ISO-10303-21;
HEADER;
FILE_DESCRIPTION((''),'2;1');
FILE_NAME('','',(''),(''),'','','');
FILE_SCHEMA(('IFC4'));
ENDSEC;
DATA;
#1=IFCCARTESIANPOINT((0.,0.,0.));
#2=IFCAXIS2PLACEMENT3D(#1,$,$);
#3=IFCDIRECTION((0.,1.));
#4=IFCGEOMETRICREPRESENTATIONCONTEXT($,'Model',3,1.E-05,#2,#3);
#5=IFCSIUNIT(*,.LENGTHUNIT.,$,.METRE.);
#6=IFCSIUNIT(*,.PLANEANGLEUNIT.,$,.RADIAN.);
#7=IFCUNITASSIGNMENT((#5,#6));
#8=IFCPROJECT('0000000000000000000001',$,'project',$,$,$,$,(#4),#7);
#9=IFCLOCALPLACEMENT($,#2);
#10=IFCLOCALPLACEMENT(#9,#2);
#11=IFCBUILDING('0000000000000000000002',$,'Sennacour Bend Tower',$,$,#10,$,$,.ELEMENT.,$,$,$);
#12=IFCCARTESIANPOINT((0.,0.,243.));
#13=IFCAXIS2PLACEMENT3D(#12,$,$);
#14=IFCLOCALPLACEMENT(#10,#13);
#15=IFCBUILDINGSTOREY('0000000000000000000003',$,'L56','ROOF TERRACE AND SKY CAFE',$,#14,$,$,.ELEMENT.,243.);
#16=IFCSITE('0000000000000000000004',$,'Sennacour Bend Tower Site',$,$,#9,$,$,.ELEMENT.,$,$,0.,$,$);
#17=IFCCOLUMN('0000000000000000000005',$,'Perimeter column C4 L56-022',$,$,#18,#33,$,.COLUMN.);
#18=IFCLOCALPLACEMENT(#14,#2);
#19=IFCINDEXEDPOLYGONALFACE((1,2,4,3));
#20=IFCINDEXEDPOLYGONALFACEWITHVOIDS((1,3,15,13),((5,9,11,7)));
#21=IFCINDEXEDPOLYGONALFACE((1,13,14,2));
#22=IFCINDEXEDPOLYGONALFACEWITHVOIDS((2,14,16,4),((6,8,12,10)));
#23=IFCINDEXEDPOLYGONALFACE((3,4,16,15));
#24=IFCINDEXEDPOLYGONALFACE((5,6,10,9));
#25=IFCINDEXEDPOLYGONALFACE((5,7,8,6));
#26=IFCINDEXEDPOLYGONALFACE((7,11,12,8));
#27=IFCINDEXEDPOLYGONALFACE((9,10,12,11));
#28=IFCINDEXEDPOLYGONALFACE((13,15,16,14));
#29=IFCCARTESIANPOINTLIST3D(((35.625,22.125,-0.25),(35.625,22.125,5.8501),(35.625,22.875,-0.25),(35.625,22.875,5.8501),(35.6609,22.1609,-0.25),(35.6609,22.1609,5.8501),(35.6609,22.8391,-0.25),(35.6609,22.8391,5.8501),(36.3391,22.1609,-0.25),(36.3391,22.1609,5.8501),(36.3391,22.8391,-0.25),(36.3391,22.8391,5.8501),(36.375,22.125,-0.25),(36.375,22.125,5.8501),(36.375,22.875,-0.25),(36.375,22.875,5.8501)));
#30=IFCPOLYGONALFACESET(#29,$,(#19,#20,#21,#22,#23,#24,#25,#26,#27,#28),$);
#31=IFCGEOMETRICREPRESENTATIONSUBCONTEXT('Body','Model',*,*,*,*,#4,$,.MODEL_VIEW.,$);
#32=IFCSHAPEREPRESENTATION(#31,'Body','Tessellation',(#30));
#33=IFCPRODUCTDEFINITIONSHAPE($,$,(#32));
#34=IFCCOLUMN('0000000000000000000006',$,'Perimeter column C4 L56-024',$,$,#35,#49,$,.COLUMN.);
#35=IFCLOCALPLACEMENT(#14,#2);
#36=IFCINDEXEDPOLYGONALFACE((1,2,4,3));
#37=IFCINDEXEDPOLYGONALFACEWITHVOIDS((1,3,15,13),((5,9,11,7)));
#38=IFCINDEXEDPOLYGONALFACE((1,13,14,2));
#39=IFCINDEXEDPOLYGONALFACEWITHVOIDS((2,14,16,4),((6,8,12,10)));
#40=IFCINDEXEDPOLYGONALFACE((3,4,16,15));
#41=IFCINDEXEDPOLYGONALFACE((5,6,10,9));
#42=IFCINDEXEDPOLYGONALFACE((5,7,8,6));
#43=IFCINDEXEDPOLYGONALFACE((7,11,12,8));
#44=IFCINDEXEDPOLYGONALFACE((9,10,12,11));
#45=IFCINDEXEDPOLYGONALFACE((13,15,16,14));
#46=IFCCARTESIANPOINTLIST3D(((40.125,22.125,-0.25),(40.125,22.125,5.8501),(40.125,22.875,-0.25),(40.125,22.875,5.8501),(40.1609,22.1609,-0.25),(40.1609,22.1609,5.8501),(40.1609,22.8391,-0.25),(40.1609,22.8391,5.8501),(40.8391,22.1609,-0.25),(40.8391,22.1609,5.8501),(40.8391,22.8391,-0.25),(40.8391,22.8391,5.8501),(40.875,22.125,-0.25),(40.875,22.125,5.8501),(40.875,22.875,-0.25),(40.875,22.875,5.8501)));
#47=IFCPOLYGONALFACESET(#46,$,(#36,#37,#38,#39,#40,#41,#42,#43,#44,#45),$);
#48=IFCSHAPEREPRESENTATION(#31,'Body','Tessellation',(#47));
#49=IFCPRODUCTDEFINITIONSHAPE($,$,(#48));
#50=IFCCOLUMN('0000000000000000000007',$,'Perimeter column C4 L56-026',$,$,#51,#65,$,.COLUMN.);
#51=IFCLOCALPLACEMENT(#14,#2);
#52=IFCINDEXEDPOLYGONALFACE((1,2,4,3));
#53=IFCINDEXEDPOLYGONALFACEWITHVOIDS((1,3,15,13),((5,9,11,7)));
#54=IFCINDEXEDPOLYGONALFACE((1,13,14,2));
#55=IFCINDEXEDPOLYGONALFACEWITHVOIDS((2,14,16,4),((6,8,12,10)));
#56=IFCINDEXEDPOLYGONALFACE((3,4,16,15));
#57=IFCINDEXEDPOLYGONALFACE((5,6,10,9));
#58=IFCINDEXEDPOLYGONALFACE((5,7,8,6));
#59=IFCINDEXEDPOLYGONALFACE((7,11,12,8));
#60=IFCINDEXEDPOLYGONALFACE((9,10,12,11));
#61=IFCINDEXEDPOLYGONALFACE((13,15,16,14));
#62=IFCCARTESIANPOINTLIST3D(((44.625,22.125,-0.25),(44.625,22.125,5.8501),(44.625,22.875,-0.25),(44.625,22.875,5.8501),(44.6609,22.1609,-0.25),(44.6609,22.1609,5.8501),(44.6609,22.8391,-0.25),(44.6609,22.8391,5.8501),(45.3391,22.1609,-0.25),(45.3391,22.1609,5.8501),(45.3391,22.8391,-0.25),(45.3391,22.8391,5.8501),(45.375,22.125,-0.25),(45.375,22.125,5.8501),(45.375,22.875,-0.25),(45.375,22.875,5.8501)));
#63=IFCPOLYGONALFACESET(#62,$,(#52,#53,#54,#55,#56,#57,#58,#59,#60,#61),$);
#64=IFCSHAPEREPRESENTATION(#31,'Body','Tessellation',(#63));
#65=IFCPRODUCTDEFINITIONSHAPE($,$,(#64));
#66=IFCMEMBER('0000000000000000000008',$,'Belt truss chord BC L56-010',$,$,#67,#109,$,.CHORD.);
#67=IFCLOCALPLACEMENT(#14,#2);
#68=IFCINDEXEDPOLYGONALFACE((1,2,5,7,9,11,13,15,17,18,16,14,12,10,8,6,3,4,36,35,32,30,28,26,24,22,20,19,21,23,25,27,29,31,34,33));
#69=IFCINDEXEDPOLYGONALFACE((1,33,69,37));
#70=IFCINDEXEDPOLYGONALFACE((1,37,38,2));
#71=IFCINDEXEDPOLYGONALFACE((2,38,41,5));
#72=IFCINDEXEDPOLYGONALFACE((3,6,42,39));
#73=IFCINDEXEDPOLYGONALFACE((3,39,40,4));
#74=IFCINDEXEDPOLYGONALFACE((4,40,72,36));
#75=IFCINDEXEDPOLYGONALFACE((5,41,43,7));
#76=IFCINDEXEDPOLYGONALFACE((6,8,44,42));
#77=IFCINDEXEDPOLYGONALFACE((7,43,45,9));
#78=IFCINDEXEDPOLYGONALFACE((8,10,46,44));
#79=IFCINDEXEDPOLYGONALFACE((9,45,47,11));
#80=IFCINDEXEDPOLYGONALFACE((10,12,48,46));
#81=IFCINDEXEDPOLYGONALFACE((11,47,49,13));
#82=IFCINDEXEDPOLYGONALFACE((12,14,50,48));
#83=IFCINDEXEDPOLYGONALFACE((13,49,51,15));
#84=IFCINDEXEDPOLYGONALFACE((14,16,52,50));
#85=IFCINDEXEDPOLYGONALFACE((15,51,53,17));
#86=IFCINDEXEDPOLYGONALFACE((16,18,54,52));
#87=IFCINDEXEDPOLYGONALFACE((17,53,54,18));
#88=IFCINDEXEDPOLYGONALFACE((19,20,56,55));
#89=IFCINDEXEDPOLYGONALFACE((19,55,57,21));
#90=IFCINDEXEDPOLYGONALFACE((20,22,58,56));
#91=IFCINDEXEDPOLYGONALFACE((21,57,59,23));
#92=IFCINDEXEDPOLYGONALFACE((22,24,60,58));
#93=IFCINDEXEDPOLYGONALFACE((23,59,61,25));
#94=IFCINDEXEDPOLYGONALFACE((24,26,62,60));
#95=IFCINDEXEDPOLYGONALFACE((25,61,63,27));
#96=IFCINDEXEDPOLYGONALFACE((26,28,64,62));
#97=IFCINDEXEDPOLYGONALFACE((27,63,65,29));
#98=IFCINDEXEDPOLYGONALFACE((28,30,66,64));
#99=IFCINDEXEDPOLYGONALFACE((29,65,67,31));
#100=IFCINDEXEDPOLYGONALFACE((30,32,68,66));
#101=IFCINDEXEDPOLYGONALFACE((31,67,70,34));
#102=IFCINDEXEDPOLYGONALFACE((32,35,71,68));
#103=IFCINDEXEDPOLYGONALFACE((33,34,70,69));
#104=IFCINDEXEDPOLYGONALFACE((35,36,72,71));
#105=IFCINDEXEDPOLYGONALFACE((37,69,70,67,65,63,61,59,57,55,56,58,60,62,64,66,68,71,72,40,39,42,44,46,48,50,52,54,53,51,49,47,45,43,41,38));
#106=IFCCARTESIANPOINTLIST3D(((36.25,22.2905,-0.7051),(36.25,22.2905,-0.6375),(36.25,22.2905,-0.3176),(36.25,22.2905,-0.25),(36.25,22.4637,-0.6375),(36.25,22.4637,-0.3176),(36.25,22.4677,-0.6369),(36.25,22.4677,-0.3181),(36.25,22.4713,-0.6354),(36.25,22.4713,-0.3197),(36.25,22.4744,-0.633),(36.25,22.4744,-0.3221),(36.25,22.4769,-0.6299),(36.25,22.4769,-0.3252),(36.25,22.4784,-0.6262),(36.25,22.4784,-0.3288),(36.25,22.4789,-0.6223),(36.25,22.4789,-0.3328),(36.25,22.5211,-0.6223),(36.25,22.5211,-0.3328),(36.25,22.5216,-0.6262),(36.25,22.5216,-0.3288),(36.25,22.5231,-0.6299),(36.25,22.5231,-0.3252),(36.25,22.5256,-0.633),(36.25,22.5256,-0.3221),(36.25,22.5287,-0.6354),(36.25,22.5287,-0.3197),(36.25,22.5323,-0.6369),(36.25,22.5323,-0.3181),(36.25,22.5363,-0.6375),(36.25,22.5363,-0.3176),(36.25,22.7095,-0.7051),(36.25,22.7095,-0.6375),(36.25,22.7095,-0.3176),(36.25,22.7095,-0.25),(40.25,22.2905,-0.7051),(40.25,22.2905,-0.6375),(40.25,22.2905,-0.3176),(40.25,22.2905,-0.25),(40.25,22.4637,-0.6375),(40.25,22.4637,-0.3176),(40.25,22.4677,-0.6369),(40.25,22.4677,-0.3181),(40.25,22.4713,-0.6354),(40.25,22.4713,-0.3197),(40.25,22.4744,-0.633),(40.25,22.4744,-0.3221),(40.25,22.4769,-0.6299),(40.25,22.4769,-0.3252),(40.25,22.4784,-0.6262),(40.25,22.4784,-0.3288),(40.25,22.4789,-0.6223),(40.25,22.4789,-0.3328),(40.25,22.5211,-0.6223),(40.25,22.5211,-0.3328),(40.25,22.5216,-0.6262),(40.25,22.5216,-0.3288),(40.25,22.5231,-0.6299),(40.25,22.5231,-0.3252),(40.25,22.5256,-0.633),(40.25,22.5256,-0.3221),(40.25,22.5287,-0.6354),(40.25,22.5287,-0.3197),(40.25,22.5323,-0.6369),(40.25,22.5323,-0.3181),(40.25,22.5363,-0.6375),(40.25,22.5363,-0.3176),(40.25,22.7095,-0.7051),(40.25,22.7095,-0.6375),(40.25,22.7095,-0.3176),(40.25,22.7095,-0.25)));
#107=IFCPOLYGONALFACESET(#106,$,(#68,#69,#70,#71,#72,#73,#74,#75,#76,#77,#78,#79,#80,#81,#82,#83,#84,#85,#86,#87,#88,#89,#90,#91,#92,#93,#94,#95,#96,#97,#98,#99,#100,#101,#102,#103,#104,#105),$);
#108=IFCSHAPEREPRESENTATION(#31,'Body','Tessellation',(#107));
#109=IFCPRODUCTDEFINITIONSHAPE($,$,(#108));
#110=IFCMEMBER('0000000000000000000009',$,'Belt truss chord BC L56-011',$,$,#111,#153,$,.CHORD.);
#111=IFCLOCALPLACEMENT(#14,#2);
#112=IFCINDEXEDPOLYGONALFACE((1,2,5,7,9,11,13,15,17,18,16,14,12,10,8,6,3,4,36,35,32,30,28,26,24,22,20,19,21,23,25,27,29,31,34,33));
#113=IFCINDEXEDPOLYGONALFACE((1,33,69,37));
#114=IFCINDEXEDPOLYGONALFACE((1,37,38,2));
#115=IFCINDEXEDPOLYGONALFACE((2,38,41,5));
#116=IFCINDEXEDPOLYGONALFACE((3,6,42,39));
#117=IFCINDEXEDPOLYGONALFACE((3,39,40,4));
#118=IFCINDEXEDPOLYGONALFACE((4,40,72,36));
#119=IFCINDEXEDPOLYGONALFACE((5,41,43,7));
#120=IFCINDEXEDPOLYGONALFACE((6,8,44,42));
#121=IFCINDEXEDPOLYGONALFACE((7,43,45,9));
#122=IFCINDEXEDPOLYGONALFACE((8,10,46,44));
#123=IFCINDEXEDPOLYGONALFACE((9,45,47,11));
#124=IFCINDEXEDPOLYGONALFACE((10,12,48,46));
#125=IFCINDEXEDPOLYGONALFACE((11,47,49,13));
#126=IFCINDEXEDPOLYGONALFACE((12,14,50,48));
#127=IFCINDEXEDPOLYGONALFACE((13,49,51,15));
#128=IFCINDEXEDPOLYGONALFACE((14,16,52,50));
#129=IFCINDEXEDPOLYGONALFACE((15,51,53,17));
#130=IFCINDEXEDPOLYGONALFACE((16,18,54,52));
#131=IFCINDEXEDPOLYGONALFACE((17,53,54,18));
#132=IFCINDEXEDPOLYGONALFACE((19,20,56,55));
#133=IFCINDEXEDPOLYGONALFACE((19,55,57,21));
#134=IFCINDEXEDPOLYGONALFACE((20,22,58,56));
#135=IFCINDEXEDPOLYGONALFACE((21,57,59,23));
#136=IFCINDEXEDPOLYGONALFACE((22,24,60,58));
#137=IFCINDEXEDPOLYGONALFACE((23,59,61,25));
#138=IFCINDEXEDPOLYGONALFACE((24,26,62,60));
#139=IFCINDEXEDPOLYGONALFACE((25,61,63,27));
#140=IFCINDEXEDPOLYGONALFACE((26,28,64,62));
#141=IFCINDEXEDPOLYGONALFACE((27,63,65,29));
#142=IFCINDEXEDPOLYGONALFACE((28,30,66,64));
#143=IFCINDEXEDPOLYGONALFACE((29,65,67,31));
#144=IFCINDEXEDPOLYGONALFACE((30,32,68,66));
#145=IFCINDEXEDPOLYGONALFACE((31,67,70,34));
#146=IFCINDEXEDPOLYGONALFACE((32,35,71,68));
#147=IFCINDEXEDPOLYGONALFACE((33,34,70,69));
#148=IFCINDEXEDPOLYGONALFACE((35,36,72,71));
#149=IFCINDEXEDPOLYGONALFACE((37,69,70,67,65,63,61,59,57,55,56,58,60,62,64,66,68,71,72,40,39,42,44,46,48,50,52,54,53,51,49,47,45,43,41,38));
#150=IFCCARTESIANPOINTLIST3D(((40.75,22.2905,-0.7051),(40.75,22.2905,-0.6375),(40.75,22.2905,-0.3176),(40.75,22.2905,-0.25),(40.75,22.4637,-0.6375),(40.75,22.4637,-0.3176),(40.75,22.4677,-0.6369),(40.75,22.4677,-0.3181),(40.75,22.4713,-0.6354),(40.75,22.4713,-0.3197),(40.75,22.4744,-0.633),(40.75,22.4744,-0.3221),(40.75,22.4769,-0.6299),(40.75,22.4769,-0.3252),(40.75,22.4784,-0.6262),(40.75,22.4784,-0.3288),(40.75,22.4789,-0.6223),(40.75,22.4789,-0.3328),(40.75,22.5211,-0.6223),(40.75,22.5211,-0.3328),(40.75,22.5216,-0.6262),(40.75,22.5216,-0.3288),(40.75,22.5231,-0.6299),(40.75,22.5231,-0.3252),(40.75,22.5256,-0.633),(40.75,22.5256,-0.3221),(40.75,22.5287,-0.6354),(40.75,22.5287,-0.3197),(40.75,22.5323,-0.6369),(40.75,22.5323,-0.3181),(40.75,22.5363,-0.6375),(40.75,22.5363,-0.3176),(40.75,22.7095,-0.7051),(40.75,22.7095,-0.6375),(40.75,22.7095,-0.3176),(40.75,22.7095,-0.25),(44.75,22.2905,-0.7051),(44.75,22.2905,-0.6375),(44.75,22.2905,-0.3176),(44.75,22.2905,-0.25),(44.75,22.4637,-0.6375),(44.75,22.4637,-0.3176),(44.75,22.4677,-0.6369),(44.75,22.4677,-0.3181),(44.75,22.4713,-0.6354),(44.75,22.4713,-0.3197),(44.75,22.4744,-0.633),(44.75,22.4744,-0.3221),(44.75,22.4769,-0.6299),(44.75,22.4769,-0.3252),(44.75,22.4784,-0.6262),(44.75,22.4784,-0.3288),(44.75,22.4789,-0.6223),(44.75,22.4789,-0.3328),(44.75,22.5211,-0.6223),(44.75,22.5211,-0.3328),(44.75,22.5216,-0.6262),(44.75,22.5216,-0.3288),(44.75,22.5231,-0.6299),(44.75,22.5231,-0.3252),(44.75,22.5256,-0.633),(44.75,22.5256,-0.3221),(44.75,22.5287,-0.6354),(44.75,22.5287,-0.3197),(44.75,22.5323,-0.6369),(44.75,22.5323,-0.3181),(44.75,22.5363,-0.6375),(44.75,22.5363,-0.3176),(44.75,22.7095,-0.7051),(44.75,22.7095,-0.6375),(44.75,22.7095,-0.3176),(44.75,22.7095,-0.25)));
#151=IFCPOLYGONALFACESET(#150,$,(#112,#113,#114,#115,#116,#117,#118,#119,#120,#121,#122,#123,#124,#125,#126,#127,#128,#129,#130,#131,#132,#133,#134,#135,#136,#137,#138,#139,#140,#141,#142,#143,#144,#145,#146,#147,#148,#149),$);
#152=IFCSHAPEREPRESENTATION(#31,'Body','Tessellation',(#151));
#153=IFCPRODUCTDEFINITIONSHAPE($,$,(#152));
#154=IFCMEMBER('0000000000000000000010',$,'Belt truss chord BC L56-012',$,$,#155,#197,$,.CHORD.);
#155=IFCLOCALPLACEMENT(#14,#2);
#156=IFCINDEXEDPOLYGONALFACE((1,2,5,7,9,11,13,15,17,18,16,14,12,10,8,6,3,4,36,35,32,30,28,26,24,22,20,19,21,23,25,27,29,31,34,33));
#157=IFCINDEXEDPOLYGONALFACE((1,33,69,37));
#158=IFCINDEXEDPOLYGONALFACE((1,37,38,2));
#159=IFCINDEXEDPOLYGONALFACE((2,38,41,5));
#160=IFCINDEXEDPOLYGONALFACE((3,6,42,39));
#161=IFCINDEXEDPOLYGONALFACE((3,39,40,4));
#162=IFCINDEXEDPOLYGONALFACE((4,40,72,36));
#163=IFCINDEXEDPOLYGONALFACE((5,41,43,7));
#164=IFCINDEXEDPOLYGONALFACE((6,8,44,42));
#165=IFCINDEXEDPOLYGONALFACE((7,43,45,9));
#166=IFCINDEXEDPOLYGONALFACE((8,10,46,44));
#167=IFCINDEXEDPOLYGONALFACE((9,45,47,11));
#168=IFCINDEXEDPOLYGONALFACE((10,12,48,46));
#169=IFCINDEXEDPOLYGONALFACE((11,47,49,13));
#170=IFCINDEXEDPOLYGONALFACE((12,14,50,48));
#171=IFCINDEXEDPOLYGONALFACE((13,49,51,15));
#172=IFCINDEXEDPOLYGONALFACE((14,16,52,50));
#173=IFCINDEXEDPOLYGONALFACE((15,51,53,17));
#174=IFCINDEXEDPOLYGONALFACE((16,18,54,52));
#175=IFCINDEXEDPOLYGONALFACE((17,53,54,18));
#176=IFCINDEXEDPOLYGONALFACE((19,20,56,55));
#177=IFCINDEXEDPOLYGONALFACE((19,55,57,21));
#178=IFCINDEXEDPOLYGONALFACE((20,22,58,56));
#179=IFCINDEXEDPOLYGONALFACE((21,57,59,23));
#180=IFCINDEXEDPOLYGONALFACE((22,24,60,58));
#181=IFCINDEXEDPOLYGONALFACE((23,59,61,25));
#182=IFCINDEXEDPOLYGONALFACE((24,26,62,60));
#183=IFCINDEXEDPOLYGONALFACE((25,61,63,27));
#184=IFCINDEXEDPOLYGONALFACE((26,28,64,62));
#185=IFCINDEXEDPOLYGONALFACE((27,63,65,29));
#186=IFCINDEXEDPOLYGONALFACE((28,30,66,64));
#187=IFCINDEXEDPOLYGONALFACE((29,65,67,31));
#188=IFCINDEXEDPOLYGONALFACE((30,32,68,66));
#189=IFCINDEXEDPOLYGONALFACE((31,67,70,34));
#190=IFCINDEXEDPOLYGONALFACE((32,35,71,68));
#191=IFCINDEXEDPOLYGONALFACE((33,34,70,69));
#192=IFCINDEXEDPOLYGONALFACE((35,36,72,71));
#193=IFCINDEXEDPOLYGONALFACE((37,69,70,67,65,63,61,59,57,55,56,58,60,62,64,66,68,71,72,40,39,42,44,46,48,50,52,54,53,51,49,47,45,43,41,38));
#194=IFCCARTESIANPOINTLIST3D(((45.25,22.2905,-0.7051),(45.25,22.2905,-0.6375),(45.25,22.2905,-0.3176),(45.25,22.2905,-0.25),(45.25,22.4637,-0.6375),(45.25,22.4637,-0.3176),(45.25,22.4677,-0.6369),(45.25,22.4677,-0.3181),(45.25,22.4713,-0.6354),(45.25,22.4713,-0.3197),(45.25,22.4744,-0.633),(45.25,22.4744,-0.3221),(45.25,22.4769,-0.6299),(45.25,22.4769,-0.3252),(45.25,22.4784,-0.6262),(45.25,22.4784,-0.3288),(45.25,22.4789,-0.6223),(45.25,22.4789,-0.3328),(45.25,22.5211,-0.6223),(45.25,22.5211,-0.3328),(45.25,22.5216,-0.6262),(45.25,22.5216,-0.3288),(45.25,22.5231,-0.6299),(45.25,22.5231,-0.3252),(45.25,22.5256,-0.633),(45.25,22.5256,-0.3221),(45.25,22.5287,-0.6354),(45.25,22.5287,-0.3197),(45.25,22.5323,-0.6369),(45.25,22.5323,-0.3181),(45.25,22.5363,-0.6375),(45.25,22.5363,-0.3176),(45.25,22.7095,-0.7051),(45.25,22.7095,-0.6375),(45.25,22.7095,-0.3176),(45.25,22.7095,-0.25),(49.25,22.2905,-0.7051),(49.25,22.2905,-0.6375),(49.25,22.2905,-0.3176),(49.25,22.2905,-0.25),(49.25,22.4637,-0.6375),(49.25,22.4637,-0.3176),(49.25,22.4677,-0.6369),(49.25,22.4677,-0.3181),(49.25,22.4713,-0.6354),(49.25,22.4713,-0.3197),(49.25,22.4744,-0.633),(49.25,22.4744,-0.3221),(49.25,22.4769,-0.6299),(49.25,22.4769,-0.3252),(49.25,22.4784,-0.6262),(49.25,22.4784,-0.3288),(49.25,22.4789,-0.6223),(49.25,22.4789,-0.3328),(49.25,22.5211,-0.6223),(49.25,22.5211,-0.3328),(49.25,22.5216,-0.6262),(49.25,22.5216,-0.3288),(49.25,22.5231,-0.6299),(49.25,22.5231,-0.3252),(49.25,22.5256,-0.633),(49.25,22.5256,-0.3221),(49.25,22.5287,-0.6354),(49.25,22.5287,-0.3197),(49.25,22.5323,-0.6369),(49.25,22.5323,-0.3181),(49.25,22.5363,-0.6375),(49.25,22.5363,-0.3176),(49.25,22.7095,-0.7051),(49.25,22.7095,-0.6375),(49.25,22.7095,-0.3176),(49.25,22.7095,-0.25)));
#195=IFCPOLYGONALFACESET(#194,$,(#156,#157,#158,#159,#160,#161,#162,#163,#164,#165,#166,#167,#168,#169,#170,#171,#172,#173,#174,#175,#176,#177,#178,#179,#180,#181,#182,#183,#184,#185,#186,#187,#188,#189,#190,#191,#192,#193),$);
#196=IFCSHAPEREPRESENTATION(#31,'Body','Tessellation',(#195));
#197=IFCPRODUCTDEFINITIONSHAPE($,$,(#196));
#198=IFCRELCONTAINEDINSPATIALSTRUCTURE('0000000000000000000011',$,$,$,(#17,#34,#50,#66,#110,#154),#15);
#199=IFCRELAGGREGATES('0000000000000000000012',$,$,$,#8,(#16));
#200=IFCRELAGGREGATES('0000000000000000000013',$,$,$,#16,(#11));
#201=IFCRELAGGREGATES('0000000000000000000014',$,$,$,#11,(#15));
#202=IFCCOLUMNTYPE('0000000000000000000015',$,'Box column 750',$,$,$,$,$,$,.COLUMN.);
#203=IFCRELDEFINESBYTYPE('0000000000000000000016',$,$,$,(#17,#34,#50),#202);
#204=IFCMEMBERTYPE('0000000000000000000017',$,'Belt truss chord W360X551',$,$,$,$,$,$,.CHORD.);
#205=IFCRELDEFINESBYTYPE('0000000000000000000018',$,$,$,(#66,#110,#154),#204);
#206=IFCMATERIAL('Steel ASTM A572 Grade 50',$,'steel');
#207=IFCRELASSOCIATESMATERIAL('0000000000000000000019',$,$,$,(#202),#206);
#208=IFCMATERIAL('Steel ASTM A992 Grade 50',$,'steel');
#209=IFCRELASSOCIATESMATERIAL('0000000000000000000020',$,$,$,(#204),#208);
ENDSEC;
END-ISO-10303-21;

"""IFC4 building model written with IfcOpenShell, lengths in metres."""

from ifc_helpers import new_model, si_unit, direction, frame, origin, origin_2d, place, context, subcontext, project, spatial, hollow_rectangle, i_section, extrude, material, material_profile, profile_set, type_object, element, save


model = new_model("IFC4")

# Units and contexts
model_context = context("Model", 3, precision=1e-05, world=origin(), true_north=direction((0.0, 1.0)))
body_context = subcontext(model_context, "Body", "Model", "MODEL_VIEW")
ifc_project = project(units=[si_unit("LENGTHUNIT", "METRE"), si_unit("PLANEANGLEUNIT", "RADIAN")], contexts=[model_context])

# Site, building, storey
site_placement = place(None, origin())
site = spatial("IfcSite", under=ifc_project, at=site_placement, Name="Sennacour Bend Tower Site", CompositionType="ELEMENT", RefElevation=0.0)
building_placement = place(site_placement, origin())
building = spatial("IfcBuilding", under=site, at=building_placement, Name="Sennacour Bend Tower", CompositionType="ELEMENT")
storey_placement = place(building_placement, frame((0.0, 0.0, 243.0)))
storey = spatial("IfcBuildingStorey", under=building, at=storey_placement, Name="L56", Description="ROOF TERRACE AND SKY CAFE", CompositionType="ELEMENT", Elevation=243.0)

# Columns
ifc_material_1 = material(Name="Steel ASTM A572 Grade 50", Category="steel")
ifc_material_profile_1 = material_profile(ifc_material_1, hollow_rectangle(XDim=0.75, YDim=0.75, WallThickness=0.0359, at=origin_2d()), Name="Steel ASTM A572 Grade 50", Category="steel")
ifc_profile_set_1 = profile_set([ifc_material_profile_1], Name="Steel ASTM A572 Grade 50")
column_type = type_object("IfcColumnType", Name="Box column 750", PredefinedType="COLUMN", material=ifc_profile_set_1)
for number, where, z_axis, x_axis, name in (
    (1, (36.0, 22.5, -0.25), (0.0, 0.0, 1.0), (1.0, 0.0, 0.0), "Perimeter column C4 L56-022"),
    (2, (40.5, 22.5, -0.25), (0.0, 0.0, 1.0), (1.0, 0.0, 0.0), "Perimeter column C4 L56-024"),
    (3, (45.0, 22.5, -0.25), (0.0, 0.0, 1.0), (1.0, 0.0, 0.0), "Perimeter column C4 L56-026"),
):
    element("IfcColumn", number, at=place(storey_placement, frame(where, z_axis=z_axis, x_axis=x_axis)), inside=storey, type_object=column_type, Name=name, PredefinedType="COLUMN", context=body_context, shape_type="SweptSolid", body=[
        extrude(hollow_rectangle(XDim=0.75, YDim=0.75, WallThickness=0.0359, at=origin_2d()), origin(), (0.0, 0.0, 1.0), 6.1001),
    ])

# Members
ifc_material_2 = material(Name="Steel ASTM A992 Grade 50", Category="steel")
ifc_material_profile_2 = material_profile(ifc_material_2, i_section(OverallWidth=0.4189, OverallDepth=0.4551, WebThickness=0.0422, FlangeThickness=0.0676, FilletRadius=0.0151, at=origin_2d()), Name="Steel ASTM A992 Grade 50", Category="steel")
ifc_profile_set_2 = profile_set([ifc_material_profile_2], Name="Steel ASTM A992 Grade 50")
member_type_1 = type_object("IfcMemberType", Name="Belt truss chord W360X551", PredefinedType="CHORD", material=ifc_profile_set_2)
for number, where, z_axis, x_axis, name in (
    (4, (36.25, 22.5, -0.4775), (1.0, 0.0, 0.0), (0.0, 1.0, 0.0), "Belt truss chord BC L56-010"),
    (5, (40.75, 22.5, -0.4775), (1.0, 0.0, 0.0), (0.0, 1.0, 0.0), "Belt truss chord BC L56-011"),
    (6, (45.25, 22.5, -0.4775), (1.0, 0.0, 0.0), (0.0, 1.0, 0.0), "Belt truss chord BC L56-012"),
):
    element("IfcMember", number, at=place(storey_placement, frame(where, z_axis=z_axis, x_axis=x_axis)), inside=storey, type_object=member_type_1, Name=name, PredefinedType="CHORD", context=body_context, shape_type="SweptSolid", body=[
        extrude(i_section(OverallWidth=0.4189, OverallDepth=0.4551, WebThickness=0.0422, FlangeThickness=0.0676, FilletRadius=0.0151, at=origin_2d()), origin(), (0.0, 0.0, 1.0), 4.0),
    ])

save(model, "model.ifc")
